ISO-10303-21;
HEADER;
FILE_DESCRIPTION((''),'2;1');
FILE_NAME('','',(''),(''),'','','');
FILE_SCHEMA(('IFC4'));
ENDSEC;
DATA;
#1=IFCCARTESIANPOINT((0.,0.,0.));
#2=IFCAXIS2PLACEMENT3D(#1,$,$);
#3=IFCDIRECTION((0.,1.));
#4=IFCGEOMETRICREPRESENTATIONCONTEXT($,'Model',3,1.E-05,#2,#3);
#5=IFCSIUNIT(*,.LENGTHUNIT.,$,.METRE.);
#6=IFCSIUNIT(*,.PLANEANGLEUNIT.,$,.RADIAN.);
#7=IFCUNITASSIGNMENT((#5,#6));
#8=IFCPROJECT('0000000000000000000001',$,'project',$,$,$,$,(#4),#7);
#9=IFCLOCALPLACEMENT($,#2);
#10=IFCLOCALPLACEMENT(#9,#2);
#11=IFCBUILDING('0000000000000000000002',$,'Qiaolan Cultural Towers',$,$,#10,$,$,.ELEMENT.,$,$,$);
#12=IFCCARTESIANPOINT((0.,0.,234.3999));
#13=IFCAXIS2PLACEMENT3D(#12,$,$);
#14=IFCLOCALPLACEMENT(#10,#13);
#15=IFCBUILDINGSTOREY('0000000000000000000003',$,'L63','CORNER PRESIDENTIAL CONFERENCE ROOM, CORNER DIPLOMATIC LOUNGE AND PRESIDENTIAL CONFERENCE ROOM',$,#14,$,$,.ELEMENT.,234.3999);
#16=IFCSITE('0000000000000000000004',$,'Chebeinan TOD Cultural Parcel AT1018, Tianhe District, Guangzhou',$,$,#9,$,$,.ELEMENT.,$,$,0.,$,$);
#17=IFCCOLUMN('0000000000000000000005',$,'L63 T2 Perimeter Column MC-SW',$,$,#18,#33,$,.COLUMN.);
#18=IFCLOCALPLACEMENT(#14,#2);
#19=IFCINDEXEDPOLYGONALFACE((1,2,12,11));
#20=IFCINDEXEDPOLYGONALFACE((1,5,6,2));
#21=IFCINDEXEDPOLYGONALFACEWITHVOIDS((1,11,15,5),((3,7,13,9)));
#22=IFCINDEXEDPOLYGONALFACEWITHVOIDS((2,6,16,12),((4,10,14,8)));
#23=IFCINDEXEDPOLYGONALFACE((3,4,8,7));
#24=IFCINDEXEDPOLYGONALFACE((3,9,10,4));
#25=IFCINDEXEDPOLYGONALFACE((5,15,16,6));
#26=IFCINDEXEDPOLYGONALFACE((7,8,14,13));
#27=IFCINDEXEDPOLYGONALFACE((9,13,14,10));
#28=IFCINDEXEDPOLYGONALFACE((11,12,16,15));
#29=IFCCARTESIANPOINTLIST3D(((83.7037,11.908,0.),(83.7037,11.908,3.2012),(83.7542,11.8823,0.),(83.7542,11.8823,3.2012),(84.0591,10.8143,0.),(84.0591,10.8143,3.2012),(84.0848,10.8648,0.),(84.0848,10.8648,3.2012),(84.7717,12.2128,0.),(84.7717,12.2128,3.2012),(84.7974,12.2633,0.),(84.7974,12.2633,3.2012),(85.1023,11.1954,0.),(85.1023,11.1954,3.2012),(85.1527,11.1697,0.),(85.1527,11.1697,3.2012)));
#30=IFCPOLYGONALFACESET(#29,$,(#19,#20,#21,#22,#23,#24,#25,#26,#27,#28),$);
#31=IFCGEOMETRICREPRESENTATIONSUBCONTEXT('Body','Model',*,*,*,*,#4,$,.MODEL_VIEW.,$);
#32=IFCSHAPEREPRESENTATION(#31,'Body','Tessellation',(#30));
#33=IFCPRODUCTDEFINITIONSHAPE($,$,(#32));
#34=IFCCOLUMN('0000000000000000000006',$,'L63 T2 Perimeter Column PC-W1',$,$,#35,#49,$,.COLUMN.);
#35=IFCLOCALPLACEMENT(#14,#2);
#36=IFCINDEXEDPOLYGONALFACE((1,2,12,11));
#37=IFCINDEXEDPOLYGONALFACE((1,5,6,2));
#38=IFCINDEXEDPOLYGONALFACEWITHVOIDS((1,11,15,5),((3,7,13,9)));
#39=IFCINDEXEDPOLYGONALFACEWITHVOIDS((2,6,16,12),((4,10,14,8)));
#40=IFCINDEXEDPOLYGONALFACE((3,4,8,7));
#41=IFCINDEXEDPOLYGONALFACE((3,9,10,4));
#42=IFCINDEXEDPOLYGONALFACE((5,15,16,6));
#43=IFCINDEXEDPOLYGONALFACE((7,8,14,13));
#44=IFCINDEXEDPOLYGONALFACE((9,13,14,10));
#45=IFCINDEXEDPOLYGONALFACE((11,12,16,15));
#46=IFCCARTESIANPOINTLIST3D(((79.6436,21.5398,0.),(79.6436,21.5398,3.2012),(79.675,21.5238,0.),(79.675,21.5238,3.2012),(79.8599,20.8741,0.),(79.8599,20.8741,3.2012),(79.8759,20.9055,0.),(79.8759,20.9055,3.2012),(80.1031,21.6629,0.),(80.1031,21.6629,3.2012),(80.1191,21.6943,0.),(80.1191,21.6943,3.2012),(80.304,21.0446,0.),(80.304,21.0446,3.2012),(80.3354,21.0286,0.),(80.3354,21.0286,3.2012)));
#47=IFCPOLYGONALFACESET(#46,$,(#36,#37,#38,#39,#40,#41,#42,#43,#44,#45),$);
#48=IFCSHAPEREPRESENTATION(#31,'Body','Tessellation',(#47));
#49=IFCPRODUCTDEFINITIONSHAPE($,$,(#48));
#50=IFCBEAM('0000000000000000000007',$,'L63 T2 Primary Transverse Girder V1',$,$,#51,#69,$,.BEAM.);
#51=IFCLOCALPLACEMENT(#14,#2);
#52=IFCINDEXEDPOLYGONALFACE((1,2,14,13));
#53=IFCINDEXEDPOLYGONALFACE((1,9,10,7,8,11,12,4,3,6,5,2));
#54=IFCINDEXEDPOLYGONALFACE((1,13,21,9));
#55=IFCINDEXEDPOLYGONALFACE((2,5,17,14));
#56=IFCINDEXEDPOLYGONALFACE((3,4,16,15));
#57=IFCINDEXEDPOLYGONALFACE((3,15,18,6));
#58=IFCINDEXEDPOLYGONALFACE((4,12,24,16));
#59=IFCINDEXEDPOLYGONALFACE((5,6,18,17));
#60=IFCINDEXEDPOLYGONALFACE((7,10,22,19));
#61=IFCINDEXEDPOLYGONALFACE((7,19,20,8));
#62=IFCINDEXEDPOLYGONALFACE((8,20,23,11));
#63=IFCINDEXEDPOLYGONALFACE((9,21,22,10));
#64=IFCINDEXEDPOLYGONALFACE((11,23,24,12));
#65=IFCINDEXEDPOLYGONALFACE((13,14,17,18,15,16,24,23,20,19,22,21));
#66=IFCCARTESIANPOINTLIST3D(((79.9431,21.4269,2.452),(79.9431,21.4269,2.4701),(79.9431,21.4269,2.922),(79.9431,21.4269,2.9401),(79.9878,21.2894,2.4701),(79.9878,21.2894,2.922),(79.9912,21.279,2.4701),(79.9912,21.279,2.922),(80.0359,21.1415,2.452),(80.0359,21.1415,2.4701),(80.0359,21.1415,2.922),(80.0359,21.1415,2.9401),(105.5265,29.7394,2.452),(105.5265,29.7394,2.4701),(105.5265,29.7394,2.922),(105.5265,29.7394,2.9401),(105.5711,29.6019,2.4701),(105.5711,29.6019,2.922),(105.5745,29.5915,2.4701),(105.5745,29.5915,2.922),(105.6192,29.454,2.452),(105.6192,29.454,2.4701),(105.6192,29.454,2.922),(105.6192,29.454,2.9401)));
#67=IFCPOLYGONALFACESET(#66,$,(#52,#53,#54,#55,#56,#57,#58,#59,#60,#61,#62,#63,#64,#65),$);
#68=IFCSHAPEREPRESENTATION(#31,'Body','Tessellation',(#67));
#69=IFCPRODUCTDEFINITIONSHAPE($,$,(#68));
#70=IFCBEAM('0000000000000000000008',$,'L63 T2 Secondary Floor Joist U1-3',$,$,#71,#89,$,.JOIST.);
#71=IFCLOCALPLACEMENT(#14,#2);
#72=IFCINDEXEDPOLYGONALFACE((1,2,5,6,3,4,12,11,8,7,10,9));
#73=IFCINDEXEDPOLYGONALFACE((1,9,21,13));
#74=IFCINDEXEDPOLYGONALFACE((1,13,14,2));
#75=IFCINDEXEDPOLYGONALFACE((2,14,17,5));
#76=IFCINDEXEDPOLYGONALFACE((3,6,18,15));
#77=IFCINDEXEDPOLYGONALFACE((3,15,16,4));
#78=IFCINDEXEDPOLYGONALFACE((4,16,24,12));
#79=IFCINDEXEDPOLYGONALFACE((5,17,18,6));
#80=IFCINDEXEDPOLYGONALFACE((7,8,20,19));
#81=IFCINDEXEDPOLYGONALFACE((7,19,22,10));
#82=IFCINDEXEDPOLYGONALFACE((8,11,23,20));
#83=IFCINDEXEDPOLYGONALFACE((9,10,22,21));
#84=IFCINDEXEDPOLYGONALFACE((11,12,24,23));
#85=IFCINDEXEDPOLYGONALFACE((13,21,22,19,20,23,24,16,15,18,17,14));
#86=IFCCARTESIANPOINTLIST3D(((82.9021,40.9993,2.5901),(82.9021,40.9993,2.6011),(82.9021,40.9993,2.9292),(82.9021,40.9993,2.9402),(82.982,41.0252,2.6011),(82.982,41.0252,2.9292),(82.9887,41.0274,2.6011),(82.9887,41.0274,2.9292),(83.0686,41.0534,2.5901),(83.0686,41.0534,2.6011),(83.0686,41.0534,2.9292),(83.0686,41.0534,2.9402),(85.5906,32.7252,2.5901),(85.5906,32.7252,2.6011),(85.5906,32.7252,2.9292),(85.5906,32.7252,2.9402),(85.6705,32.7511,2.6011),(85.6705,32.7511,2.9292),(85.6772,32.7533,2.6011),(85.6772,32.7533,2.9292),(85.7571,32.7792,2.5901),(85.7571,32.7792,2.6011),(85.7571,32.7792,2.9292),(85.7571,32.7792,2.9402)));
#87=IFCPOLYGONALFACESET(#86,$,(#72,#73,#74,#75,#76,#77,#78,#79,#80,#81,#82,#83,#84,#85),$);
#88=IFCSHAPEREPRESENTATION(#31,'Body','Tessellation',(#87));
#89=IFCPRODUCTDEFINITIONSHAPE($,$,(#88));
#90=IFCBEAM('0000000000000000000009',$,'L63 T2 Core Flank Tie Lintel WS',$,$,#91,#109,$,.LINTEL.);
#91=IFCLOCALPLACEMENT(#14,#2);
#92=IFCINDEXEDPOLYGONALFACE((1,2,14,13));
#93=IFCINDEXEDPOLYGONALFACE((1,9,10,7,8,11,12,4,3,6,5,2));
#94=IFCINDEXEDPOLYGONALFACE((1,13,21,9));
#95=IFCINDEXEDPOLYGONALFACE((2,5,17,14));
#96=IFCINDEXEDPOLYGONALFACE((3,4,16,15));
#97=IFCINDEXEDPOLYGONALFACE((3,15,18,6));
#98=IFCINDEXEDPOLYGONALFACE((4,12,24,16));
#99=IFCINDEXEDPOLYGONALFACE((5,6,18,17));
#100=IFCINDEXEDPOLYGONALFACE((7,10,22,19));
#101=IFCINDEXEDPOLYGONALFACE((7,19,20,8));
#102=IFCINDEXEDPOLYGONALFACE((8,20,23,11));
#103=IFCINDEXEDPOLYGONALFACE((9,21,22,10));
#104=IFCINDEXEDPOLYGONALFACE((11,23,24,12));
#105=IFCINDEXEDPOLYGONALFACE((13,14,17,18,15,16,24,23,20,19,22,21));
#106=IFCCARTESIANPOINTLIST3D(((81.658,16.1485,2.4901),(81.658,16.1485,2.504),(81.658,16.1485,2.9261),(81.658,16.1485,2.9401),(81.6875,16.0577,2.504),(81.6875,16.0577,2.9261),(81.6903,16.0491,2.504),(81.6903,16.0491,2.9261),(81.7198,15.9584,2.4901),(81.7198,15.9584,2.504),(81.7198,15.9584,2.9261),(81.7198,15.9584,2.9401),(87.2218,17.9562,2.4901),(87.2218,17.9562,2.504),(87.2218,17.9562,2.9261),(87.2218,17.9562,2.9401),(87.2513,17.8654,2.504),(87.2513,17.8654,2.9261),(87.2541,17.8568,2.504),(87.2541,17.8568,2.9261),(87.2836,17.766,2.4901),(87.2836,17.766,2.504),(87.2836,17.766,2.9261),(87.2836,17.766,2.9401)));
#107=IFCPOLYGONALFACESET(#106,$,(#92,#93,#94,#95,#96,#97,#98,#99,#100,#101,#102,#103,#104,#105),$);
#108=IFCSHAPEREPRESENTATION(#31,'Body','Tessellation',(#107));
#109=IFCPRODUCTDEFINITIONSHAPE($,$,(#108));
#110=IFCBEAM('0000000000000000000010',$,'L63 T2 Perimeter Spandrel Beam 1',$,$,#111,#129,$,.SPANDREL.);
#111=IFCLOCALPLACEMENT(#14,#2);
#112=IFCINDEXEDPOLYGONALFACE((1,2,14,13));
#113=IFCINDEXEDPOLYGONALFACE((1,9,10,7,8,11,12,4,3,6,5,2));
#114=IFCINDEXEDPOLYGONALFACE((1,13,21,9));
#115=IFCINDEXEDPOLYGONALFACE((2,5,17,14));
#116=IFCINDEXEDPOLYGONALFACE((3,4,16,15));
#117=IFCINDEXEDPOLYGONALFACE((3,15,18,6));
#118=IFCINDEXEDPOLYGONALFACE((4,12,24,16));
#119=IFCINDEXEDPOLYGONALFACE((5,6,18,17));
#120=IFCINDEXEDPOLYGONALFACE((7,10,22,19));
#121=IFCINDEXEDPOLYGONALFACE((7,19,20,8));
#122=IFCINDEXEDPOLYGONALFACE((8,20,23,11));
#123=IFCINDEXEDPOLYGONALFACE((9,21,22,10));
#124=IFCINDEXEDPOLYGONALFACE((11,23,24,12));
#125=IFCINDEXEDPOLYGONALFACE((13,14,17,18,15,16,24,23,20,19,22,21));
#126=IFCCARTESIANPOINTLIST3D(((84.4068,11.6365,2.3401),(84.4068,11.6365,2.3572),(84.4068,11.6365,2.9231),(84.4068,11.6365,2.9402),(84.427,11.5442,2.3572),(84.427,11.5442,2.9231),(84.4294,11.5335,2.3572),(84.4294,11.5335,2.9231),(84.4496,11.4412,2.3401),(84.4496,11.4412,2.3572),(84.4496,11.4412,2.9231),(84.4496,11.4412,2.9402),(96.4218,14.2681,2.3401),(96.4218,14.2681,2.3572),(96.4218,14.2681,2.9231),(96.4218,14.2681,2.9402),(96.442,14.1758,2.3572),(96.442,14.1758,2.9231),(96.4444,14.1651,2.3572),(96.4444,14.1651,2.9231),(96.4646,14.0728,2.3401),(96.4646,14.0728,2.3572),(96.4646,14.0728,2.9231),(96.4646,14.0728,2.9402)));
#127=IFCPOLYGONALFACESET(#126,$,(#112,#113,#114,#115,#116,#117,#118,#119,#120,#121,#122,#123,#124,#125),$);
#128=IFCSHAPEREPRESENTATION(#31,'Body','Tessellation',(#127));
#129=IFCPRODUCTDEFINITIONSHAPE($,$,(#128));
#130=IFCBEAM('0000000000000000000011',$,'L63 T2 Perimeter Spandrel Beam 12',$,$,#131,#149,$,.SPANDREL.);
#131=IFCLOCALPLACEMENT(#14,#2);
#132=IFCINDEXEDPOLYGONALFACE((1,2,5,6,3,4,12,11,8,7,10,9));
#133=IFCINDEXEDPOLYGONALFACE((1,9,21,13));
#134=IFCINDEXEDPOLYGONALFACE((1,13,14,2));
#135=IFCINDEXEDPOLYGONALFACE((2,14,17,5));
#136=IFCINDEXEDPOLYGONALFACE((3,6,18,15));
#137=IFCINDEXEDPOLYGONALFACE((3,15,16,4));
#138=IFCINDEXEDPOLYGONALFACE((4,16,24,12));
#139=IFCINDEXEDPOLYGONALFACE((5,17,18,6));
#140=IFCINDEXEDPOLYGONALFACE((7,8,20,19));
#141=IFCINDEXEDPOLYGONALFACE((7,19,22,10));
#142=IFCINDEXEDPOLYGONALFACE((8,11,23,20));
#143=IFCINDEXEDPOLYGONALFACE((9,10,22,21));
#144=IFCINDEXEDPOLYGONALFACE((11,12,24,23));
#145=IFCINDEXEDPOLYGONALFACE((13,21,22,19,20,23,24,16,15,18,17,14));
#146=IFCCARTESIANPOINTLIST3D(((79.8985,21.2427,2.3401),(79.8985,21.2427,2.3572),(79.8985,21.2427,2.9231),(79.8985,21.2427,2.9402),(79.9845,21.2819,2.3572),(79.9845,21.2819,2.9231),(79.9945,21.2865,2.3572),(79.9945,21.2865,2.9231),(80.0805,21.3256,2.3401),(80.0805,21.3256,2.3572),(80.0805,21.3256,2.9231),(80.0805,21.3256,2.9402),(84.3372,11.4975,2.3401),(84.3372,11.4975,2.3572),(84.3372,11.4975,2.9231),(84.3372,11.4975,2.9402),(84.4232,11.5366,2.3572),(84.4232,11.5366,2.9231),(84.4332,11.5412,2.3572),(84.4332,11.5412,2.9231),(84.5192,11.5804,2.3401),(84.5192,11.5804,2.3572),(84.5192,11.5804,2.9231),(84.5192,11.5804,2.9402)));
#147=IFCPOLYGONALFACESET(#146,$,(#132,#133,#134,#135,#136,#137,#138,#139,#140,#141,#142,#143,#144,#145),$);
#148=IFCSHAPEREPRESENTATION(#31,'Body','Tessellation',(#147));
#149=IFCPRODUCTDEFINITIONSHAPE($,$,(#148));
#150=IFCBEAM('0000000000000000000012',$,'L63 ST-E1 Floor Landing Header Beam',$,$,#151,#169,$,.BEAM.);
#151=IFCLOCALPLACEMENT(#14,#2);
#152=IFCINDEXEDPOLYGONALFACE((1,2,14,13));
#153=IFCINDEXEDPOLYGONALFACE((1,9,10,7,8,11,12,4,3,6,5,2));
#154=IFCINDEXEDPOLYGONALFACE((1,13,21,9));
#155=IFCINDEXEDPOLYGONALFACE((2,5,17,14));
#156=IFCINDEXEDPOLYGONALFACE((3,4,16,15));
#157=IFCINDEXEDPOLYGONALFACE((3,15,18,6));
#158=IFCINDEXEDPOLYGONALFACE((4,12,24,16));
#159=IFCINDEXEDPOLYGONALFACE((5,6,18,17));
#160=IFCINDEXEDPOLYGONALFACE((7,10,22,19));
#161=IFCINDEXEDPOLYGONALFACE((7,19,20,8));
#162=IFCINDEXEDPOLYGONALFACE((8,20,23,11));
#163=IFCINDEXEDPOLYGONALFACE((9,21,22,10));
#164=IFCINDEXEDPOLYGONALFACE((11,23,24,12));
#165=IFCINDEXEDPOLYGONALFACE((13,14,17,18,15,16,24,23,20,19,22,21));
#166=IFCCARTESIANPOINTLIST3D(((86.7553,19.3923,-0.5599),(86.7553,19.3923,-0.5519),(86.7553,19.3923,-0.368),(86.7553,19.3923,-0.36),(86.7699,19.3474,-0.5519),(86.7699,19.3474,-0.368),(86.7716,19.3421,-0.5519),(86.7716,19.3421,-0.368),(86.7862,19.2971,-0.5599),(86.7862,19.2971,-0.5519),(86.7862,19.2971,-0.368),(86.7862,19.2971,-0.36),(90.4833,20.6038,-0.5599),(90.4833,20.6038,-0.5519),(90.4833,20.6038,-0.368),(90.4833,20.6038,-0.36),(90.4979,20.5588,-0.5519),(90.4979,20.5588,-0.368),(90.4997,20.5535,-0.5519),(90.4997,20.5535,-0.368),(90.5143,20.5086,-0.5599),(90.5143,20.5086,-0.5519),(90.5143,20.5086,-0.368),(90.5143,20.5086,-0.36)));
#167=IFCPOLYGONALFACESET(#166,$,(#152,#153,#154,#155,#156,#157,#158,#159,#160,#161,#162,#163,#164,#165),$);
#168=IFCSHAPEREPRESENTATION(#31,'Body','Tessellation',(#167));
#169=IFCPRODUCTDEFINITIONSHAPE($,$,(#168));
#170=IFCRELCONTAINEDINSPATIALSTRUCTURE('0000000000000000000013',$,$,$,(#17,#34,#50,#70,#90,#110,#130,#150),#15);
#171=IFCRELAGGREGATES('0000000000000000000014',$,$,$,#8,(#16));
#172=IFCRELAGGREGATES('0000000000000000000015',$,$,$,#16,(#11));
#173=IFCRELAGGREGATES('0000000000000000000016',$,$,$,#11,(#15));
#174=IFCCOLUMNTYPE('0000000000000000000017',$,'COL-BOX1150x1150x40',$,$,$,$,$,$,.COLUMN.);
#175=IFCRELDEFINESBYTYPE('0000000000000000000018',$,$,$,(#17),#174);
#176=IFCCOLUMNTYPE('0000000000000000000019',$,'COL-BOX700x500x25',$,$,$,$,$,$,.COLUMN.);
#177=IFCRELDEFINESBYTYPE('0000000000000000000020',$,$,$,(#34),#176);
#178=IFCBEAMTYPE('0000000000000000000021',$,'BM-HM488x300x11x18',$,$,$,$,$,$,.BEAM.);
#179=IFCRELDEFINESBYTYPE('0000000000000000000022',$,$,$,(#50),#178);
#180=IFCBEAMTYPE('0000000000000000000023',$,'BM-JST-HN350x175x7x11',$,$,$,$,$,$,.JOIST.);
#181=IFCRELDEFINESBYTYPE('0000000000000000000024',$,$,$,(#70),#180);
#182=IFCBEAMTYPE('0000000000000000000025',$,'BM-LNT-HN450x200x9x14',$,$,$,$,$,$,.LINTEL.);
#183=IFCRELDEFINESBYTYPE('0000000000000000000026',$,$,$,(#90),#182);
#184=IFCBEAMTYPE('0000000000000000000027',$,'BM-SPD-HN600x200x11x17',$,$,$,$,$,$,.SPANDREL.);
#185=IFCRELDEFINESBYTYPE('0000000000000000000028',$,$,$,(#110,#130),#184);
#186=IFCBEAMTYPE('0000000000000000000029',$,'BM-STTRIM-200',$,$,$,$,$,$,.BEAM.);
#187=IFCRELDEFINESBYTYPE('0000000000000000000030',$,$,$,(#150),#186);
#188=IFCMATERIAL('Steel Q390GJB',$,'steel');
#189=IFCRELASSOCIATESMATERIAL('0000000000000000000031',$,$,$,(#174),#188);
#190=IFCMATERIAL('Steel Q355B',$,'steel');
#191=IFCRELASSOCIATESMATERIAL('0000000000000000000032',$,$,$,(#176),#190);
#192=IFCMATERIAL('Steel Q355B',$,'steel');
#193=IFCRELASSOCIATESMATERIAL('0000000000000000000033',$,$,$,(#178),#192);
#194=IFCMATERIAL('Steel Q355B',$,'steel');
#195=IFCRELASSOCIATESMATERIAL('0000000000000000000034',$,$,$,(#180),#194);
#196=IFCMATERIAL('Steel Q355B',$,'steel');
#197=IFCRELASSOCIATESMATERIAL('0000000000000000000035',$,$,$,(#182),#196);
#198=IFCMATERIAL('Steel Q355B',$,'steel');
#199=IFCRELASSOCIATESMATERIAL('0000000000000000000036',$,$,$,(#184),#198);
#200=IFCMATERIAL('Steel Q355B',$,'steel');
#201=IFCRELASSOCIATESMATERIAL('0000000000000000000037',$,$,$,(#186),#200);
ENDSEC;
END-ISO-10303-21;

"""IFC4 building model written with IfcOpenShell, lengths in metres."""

from ifc_helpers import new_model, si_unit, direction, frame, origin, origin_2d, place, context, subcontext, project, spatial, hollow_rectangle, i_section, extrude, material, material_profile, profile_set, type_object, element, save


model = new_model("IFC4")

# Units and contexts
model_context = context("Model", 3, precision=1e-05, world=origin(), true_north=direction((0.0, 1.0)))
body_context = subcontext(model_context, "Body", "Model", "MODEL_VIEW")
ifc_project = project(units=[si_unit("LENGTHUNIT", "METRE"), si_unit("PLANEANGLEUNIT", "RADIAN")], contexts=[model_context])

# Site, building, storey
site_placement = place(None, origin())
site = spatial("IfcSite", under=ifc_project, at=site_placement, Name="Chebeinan TOD Cultural Parcel AT1018, Tianhe District, Guangzhou", CompositionType="ELEMENT", RefElevation=0.0)
building_placement = place(site_placement, origin())
building = spatial("IfcBuilding", under=site, at=building_placement, Name="Qiaolan Cultural Towers", CompositionType="ELEMENT")
storey_placement = place(building_placement, frame((0.0, 0.0, 234.3999)))
storey = spatial("IfcBuildingStorey", under=building, at=storey_placement, Name="L63", Description="CORNER PRESIDENTIAL CONFERENCE ROOM, CORNER DIPLOMATIC LOUNGE AND PRESIDENTIAL CONFERENCE ROOM", CompositionType="ELEMENT", Elevation=234.3999)

# Columns
ifc_material_1 = material(Name="Steel Q390GJB", Category="steel")
ifc_material_profile_1 = material_profile(ifc_material_1, hollow_rectangle(XDim=1.1499, YDim=1.1499, WallThickness=0.04, at=origin_2d()), Name="BOX1150x1150x40")
ifc_profile_set_1 = profile_set([ifc_material_profile_1], Name="Steel Q390GJB")
column_type_1 = type_object("IfcColumnType", Name="COL-BOX1150x1150x40", PredefinedType="COLUMN", material=ifc_profile_set_1)
column_1_placement = place(storey_placement, frame((84.4282, 11.5388, 0.0), z_axis=(0.0, 0.0, 1.0), x_axis=(0.951057, 0.309017, 0.0)))
element("IfcColumn", 1, at=column_1_placement, inside=storey, type_object=column_type_1, Name="L63 T2 Perimeter Column MC-SW", PredefinedType="COLUMN", context=body_context, shape_type="SweptSolid", body=[
    extrude(hollow_rectangle(XDim=1.1499, YDim=1.1499, WallThickness=0.04, at=origin_2d()), origin(), (0.0, 0.0, 1.0), 3.2012),
])
ifc_material_2 = material(Name="Steel Q355B", Category="steel")
ifc_material_profile_2 = material_profile(ifc_material_2, hollow_rectangle(XDim=0.5, YDim=0.7, WallThickness=0.0249, at=origin_2d()), Name="BOX700x500x25")
ifc_profile_set_2 = profile_set([ifc_material_profile_2], Name="Steel Q355B")
column_type_2 = type_object("IfcColumnType", Name="COL-BOX700x500x25", PredefinedType="COLUMN", material=ifc_profile_set_2)
column_2_placement = place(storey_placement, frame((79.9895, 21.2842, 0.0), z_axis=(0.0, 0.0, 1.0), x_axis=(0.951057, 0.309017, 0.0)))
element("IfcColumn", 2, at=column_2_placement, inside=storey, type_object=column_type_2, Name="L63 T2 Perimeter Column PC-W1", PredefinedType="COLUMN", context=body_context, shape_type="SweptSolid", body=[
    extrude(hollow_rectangle(XDim=0.5, YDim=0.7, WallThickness=0.0249, at=origin_2d()), origin(), (0.0, 0.0, 1.0), 3.2012),
])

# Beams
ifc_material_3 = material(Name="Steel Q355B", Category="steel")
ifc_material_profile_3 = material_profile(ifc_material_3, i_section(OverallWidth=0.3, OverallDepth=0.488, WebThickness=0.011, FlangeThickness=0.0181, at=origin_2d()), Name="HM488x300x11x18")
ifc_profile_set_3 = profile_set([ifc_material_profile_3], Name="Steel Q355B")
beam_type_1 = type_object("IfcBeamType", Name="BM-HM488x300x11x18", PredefinedType="BEAM", material=ifc_profile_set_3)
beam_1_placement = place(storey_placement, frame((79.9895, 21.2842, 2.696), z_axis=(0.951057, 0.309017, 0.0), x_axis=(-0.309017, 0.951057, 0.0)))
element("IfcBeam", 3, at=beam_1_placement, inside=storey, type_object=beam_type_1, Name="L63 T2 Primary Transverse Girder V1", PredefinedType="BEAM", context=body_context, shape_type="SweptSolid", body=[
    extrude(i_section(OverallWidth=0.3, OverallDepth=0.488, WebThickness=0.011, FlangeThickness=0.0181, at=origin_2d()), origin(), (0.0, 0.0, 1.0), 26.8999),
])
ifc_material_4 = material(Name="Steel Q355B", Category="steel")
ifc_material_profile_4 = material_profile(ifc_material_4, i_section(OverallWidth=0.175, OverallDepth=0.3501, WebThickness=0.0071, FlangeThickness=0.011, at=origin_2d()), Name="HN350x175x7x11")
ifc_profile_set_4 = profile_set([ifc_material_profile_4], Name="Steel Q355B")
beam_type_2 = type_object("IfcBeamType", Name="BM-JST-HN350x175x7x11", PredefinedType="JOIST", material=ifc_profile_set_4)
beam_2_placement = place(storey_placement, frame((85.6738, 32.7522, 2.7651), z_axis=(-0.309021, 0.951055, 0.0), x_axis=(-0.951055, -0.309021, 0.0)))
element("IfcBeam", 4, at=beam_2_placement, inside=storey, type_object=beam_type_2, Name="L63 T2 Secondary Floor Joist U1-3", PredefinedType="JOIST", context=body_context, shape_type="SweptSolid", body=[
    extrude(i_section(OverallWidth=0.175, OverallDepth=0.3501, WebThickness=0.0071, FlangeThickness=0.011, at=origin_2d()), origin(), (0.0, 0.0, 1.0), 8.7),
])
ifc_material_5 = material(Name="Steel Q355B", Category="steel")
ifc_material_profile_5 = material_profile(ifc_material_5, i_section(OverallWidth=0.2, OverallDepth=0.45, WebThickness=0.009, FlangeThickness=0.0139, at=origin_2d()), Name="HN450x200x9x14")
ifc_profile_set_5 = profile_set([ifc_material_profile_5], Name="Steel Q355B")
beam_type_3 = type_object("IfcBeamType", Name="BM-LNT-HN450x200x9x14", PredefinedType="LINTEL", material=ifc_profile_set_5)
beam_3_placement = place(storey_placement, frame((87.2527, 17.8611, 2.7151), z_axis=(-0.951064, -0.308995, 0.0), x_axis=(0.308995, -0.951064, 0.0)))
element("IfcBeam", 5, at=beam_3_placement, inside=storey, type_object=beam_type_3, Name="L63 T2 Core Flank Tie Lintel WS", PredefinedType="LINTEL", context=body_context, shape_type="SweptSolid", body=[
    extrude(i_section(OverallWidth=0.2, OverallDepth=0.45, WebThickness=0.009, FlangeThickness=0.0139, at=origin_2d()), origin(), (0.0, 0.0, 1.0), 5.8501),
])
ifc_material_6 = material(Name="Steel Q355B", Category="steel")
ifc_material_profile_6 = material_profile(ifc_material_6, i_section(OverallWidth=0.2, OverallDepth=0.6001, WebThickness=0.011, FlangeThickness=0.0171, at=origin_2d()), Name="HN600x200x11x17")
ifc_profile_set_6 = profile_set([ifc_material_profile_6], Name="Steel Q355B")
beam_type_4 = type_object("IfcBeamType", Name="BM-SPD-HN600x200x11x17", PredefinedType="SPANDREL", material=ifc_profile_set_6)
beam_4_placement = place(storey_placement, frame((84.4282, 11.5388, 2.6401), z_axis=(0.976843, 0.213956, 0.0), x_axis=(-0.213956, 0.976843, 0.0)))
element("IfcBeam", 6, at=beam_4_placement, inside=storey, type_object=beam_type_4, Name="L63 T2 Perimeter Spandrel Beam 1", PredefinedType="SPANDREL", context=body_context, shape_type="SweptSolid", body=[
    extrude(i_section(OverallWidth=0.2, OverallDepth=0.6001, WebThickness=0.011, FlangeThickness=0.0171, at=origin_2d()), origin(), (0.0, 0.0, 1.0), 12.2998),
])
beam_5_placement = place(storey_placement, frame((79.9895, 21.2842, 2.6401), z_axis=(0.4145, -0.910049, 0.0), x_axis=(0.910049, 0.4145, 0.0)))
element("IfcBeam", 7, at=beam_5_placement, inside=storey, type_object=beam_type_4, Name="L63 T2 Perimeter Spandrel Beam 12", PredefinedType="SPANDREL", context=body_context, shape_type="SweptSolid", body=[
    extrude(i_section(OverallWidth=0.2, OverallDepth=0.6001, WebThickness=0.011, FlangeThickness=0.0171, at=origin_2d()), origin(), (0.0, 0.0, 1.0), 10.7085),
])
ifc_material_7 = material(Name="Steel Q355B", Category="steel")
ifc_material_profile_7 = material_profile(ifc_material_7, i_section(OverallWidth=0.1001, OverallDepth=0.2, WebThickness=0.0056, FlangeThickness=0.0081, at=origin_2d()), Name="HN200x100x5.5x8")
ifc_profile_set_7 = profile_set([ifc_material_profile_7], Name="Steel Q355B")
beam_type_5 = type_object("IfcBeamType", Name="BM-STTRIM-200", PredefinedType="BEAM", material=ifc_profile_set_7)
beam_6_placement = place(storey_placement, frame((86.7708, 19.3447, -0.46), z_axis=(0.951048, 0.309044, 0.0), x_axis=(-0.309044, 0.951048, 0.0)))
element("IfcBeam", 8, at=beam_6_placement, inside=storey, type_object=beam_type_5, Name="L63 ST-E1 Floor Landing Header Beam", PredefinedType="BEAM", context=body_context, shape_type="SweptSolid", body=[
    extrude(i_section(OverallWidth=0.1001, OverallDepth=0.2, WebThickness=0.0056, FlangeThickness=0.0081, at=origin_2d()), origin(), (0.0, 0.0, 1.0), 3.9199),
])

save(model, "model.ifc")
